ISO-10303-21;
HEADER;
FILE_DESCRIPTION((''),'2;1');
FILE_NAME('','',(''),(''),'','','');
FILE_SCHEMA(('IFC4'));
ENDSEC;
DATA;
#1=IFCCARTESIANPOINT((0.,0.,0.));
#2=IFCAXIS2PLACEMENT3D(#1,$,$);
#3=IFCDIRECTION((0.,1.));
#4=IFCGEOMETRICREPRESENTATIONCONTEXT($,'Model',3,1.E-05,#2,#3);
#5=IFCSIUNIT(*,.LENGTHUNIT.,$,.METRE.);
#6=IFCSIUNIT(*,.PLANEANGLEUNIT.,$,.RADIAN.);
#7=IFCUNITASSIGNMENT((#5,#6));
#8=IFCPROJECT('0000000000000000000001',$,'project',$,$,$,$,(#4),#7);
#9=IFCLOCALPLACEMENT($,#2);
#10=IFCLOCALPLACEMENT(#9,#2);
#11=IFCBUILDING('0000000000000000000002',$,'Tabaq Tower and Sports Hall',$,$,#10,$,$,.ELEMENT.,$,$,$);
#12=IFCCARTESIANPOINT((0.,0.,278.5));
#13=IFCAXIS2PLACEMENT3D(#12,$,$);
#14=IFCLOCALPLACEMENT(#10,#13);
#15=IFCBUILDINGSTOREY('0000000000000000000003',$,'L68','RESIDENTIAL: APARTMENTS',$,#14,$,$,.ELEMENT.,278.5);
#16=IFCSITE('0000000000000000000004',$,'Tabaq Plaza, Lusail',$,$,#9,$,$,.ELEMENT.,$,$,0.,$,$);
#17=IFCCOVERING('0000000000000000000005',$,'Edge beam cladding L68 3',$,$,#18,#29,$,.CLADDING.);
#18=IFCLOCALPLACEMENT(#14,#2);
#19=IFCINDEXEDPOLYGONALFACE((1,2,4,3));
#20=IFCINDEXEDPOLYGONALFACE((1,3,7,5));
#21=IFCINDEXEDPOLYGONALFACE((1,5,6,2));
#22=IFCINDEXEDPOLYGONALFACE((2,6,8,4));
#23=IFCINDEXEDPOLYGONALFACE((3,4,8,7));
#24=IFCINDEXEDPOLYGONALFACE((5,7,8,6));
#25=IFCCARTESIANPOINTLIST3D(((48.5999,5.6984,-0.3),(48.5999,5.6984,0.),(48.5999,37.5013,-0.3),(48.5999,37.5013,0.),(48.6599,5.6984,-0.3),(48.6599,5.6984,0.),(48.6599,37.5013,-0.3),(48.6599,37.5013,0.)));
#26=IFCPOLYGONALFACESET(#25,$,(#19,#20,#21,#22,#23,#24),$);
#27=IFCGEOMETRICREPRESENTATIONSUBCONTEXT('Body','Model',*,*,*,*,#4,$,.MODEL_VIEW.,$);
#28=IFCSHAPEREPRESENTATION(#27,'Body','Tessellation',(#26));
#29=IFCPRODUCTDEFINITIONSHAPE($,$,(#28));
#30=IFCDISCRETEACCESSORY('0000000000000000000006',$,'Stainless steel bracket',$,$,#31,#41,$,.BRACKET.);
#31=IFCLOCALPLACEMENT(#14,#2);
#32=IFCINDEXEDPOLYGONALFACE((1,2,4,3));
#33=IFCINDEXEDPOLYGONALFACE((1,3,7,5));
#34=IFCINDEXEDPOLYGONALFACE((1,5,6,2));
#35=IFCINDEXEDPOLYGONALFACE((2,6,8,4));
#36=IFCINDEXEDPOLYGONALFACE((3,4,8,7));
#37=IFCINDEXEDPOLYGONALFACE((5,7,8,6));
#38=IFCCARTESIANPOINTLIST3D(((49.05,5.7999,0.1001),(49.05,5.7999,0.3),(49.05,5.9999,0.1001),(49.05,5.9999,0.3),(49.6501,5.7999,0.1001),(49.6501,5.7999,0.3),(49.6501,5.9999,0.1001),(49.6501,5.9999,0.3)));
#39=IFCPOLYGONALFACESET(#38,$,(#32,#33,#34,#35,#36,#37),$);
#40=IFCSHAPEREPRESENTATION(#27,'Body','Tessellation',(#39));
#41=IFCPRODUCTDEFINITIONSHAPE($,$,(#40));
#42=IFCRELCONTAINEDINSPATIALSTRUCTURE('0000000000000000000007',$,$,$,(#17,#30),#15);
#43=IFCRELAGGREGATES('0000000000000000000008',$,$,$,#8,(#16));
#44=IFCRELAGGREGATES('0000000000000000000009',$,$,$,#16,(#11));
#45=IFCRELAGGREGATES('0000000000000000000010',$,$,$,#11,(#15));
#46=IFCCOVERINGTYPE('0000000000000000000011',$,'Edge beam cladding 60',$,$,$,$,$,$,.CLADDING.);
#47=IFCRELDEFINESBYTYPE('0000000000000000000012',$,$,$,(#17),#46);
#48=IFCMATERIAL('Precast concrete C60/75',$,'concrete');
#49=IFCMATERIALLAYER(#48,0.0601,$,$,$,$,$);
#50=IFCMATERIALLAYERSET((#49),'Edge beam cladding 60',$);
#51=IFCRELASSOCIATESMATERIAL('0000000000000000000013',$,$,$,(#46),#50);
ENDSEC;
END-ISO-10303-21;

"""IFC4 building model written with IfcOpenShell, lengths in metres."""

from ifc_helpers import new_model, si_unit, direction, frame, frame_2d, origin, origin_2d, place, context, subcontext, project, spatial, rectangle, extrude, material, layer, layer_set, type_object, element, save


model = new_model("IFC4")

# Units and contexts
model_context = context("Model", 3, precision=1e-05, world=origin(), true_north=direction((0.0, 1.0)))
body_context = subcontext(model_context, "Body", "Model", "MODEL_VIEW")
ifc_project = project(units=[si_unit("LENGTHUNIT", "METRE"), si_unit("PLANEANGLEUNIT", "RADIAN")], contexts=[model_context])

# Site, building, storey
site_placement = place(None, origin())
site = spatial("IfcSite", under=ifc_project, at=site_placement, Name="Tabaq Plaza, Lusail", CompositionType="ELEMENT", RefElevation=0.0)
building_placement = place(site_placement, origin())
building = spatial("IfcBuilding", under=site, at=building_placement, Name="Tabaq Tower and Sports Hall", CompositionType="ELEMENT")
storey_placement = place(building_placement, frame((0.0, 0.0, 278.5)))
storey = spatial("IfcBuildingStorey", under=building, at=storey_placement, Name="L68", Description="RESIDENTIAL: APARTMENTS", CompositionType="ELEMENT", Elevation=278.5)

# Covering
ifc_material_1 = material(Name="Precast concrete C60/75", Category="concrete")
ifc_layer_1 = layer(ifc_material_1, 0.0601)
ifc_layer_set_1 = layer_set([ifc_layer_1], Name="Edge beam cladding 60")
covering_type = type_object("IfcCoveringType", Name="Edge beam cladding 60", PredefinedType="CLADDING", material=ifc_layer_set_1)
covering_placement = place(storey_placement, frame((48.6299, 5.6985, -0.3), z_axis=(0.0, 0.0, 1.0), x_axis=(0.0, 1.0, 0.0)))
element("IfcCovering", 1, at=covering_placement, inside=storey, type_object=covering_type, Name="Edge beam cladding L68 3", PredefinedType="CLADDING", context=body_context, shape_type="SweptSolid", body=[
    extrude(rectangle(XDim=31.803, YDim=0.0601, at=frame_2d((15.9014, 0.0))), origin(), (0.0, 0.0, 1.0), 0.3),
])

# Discrete accessory
discrete_accessory_placement = place(storey_placement, frame((49.3501, 5.8999, 0.1001), z_axis=(0.0, 0.0, 1.0), x_axis=(1.0, 0.0, 0.0)))
element("IfcDiscreteAccessory", 2, at=discrete_accessory_placement, inside=storey, Name="Stainless steel bracket", PredefinedType="BRACKET", context=body_context, shape_type="SweptSolid", body=[
    extrude(rectangle(XDim=0.6001, YDim=0.2, at=origin_2d()), origin(), (0.0, 0.0, 1.0), 0.2),
])

save(model, "model.ifc")
